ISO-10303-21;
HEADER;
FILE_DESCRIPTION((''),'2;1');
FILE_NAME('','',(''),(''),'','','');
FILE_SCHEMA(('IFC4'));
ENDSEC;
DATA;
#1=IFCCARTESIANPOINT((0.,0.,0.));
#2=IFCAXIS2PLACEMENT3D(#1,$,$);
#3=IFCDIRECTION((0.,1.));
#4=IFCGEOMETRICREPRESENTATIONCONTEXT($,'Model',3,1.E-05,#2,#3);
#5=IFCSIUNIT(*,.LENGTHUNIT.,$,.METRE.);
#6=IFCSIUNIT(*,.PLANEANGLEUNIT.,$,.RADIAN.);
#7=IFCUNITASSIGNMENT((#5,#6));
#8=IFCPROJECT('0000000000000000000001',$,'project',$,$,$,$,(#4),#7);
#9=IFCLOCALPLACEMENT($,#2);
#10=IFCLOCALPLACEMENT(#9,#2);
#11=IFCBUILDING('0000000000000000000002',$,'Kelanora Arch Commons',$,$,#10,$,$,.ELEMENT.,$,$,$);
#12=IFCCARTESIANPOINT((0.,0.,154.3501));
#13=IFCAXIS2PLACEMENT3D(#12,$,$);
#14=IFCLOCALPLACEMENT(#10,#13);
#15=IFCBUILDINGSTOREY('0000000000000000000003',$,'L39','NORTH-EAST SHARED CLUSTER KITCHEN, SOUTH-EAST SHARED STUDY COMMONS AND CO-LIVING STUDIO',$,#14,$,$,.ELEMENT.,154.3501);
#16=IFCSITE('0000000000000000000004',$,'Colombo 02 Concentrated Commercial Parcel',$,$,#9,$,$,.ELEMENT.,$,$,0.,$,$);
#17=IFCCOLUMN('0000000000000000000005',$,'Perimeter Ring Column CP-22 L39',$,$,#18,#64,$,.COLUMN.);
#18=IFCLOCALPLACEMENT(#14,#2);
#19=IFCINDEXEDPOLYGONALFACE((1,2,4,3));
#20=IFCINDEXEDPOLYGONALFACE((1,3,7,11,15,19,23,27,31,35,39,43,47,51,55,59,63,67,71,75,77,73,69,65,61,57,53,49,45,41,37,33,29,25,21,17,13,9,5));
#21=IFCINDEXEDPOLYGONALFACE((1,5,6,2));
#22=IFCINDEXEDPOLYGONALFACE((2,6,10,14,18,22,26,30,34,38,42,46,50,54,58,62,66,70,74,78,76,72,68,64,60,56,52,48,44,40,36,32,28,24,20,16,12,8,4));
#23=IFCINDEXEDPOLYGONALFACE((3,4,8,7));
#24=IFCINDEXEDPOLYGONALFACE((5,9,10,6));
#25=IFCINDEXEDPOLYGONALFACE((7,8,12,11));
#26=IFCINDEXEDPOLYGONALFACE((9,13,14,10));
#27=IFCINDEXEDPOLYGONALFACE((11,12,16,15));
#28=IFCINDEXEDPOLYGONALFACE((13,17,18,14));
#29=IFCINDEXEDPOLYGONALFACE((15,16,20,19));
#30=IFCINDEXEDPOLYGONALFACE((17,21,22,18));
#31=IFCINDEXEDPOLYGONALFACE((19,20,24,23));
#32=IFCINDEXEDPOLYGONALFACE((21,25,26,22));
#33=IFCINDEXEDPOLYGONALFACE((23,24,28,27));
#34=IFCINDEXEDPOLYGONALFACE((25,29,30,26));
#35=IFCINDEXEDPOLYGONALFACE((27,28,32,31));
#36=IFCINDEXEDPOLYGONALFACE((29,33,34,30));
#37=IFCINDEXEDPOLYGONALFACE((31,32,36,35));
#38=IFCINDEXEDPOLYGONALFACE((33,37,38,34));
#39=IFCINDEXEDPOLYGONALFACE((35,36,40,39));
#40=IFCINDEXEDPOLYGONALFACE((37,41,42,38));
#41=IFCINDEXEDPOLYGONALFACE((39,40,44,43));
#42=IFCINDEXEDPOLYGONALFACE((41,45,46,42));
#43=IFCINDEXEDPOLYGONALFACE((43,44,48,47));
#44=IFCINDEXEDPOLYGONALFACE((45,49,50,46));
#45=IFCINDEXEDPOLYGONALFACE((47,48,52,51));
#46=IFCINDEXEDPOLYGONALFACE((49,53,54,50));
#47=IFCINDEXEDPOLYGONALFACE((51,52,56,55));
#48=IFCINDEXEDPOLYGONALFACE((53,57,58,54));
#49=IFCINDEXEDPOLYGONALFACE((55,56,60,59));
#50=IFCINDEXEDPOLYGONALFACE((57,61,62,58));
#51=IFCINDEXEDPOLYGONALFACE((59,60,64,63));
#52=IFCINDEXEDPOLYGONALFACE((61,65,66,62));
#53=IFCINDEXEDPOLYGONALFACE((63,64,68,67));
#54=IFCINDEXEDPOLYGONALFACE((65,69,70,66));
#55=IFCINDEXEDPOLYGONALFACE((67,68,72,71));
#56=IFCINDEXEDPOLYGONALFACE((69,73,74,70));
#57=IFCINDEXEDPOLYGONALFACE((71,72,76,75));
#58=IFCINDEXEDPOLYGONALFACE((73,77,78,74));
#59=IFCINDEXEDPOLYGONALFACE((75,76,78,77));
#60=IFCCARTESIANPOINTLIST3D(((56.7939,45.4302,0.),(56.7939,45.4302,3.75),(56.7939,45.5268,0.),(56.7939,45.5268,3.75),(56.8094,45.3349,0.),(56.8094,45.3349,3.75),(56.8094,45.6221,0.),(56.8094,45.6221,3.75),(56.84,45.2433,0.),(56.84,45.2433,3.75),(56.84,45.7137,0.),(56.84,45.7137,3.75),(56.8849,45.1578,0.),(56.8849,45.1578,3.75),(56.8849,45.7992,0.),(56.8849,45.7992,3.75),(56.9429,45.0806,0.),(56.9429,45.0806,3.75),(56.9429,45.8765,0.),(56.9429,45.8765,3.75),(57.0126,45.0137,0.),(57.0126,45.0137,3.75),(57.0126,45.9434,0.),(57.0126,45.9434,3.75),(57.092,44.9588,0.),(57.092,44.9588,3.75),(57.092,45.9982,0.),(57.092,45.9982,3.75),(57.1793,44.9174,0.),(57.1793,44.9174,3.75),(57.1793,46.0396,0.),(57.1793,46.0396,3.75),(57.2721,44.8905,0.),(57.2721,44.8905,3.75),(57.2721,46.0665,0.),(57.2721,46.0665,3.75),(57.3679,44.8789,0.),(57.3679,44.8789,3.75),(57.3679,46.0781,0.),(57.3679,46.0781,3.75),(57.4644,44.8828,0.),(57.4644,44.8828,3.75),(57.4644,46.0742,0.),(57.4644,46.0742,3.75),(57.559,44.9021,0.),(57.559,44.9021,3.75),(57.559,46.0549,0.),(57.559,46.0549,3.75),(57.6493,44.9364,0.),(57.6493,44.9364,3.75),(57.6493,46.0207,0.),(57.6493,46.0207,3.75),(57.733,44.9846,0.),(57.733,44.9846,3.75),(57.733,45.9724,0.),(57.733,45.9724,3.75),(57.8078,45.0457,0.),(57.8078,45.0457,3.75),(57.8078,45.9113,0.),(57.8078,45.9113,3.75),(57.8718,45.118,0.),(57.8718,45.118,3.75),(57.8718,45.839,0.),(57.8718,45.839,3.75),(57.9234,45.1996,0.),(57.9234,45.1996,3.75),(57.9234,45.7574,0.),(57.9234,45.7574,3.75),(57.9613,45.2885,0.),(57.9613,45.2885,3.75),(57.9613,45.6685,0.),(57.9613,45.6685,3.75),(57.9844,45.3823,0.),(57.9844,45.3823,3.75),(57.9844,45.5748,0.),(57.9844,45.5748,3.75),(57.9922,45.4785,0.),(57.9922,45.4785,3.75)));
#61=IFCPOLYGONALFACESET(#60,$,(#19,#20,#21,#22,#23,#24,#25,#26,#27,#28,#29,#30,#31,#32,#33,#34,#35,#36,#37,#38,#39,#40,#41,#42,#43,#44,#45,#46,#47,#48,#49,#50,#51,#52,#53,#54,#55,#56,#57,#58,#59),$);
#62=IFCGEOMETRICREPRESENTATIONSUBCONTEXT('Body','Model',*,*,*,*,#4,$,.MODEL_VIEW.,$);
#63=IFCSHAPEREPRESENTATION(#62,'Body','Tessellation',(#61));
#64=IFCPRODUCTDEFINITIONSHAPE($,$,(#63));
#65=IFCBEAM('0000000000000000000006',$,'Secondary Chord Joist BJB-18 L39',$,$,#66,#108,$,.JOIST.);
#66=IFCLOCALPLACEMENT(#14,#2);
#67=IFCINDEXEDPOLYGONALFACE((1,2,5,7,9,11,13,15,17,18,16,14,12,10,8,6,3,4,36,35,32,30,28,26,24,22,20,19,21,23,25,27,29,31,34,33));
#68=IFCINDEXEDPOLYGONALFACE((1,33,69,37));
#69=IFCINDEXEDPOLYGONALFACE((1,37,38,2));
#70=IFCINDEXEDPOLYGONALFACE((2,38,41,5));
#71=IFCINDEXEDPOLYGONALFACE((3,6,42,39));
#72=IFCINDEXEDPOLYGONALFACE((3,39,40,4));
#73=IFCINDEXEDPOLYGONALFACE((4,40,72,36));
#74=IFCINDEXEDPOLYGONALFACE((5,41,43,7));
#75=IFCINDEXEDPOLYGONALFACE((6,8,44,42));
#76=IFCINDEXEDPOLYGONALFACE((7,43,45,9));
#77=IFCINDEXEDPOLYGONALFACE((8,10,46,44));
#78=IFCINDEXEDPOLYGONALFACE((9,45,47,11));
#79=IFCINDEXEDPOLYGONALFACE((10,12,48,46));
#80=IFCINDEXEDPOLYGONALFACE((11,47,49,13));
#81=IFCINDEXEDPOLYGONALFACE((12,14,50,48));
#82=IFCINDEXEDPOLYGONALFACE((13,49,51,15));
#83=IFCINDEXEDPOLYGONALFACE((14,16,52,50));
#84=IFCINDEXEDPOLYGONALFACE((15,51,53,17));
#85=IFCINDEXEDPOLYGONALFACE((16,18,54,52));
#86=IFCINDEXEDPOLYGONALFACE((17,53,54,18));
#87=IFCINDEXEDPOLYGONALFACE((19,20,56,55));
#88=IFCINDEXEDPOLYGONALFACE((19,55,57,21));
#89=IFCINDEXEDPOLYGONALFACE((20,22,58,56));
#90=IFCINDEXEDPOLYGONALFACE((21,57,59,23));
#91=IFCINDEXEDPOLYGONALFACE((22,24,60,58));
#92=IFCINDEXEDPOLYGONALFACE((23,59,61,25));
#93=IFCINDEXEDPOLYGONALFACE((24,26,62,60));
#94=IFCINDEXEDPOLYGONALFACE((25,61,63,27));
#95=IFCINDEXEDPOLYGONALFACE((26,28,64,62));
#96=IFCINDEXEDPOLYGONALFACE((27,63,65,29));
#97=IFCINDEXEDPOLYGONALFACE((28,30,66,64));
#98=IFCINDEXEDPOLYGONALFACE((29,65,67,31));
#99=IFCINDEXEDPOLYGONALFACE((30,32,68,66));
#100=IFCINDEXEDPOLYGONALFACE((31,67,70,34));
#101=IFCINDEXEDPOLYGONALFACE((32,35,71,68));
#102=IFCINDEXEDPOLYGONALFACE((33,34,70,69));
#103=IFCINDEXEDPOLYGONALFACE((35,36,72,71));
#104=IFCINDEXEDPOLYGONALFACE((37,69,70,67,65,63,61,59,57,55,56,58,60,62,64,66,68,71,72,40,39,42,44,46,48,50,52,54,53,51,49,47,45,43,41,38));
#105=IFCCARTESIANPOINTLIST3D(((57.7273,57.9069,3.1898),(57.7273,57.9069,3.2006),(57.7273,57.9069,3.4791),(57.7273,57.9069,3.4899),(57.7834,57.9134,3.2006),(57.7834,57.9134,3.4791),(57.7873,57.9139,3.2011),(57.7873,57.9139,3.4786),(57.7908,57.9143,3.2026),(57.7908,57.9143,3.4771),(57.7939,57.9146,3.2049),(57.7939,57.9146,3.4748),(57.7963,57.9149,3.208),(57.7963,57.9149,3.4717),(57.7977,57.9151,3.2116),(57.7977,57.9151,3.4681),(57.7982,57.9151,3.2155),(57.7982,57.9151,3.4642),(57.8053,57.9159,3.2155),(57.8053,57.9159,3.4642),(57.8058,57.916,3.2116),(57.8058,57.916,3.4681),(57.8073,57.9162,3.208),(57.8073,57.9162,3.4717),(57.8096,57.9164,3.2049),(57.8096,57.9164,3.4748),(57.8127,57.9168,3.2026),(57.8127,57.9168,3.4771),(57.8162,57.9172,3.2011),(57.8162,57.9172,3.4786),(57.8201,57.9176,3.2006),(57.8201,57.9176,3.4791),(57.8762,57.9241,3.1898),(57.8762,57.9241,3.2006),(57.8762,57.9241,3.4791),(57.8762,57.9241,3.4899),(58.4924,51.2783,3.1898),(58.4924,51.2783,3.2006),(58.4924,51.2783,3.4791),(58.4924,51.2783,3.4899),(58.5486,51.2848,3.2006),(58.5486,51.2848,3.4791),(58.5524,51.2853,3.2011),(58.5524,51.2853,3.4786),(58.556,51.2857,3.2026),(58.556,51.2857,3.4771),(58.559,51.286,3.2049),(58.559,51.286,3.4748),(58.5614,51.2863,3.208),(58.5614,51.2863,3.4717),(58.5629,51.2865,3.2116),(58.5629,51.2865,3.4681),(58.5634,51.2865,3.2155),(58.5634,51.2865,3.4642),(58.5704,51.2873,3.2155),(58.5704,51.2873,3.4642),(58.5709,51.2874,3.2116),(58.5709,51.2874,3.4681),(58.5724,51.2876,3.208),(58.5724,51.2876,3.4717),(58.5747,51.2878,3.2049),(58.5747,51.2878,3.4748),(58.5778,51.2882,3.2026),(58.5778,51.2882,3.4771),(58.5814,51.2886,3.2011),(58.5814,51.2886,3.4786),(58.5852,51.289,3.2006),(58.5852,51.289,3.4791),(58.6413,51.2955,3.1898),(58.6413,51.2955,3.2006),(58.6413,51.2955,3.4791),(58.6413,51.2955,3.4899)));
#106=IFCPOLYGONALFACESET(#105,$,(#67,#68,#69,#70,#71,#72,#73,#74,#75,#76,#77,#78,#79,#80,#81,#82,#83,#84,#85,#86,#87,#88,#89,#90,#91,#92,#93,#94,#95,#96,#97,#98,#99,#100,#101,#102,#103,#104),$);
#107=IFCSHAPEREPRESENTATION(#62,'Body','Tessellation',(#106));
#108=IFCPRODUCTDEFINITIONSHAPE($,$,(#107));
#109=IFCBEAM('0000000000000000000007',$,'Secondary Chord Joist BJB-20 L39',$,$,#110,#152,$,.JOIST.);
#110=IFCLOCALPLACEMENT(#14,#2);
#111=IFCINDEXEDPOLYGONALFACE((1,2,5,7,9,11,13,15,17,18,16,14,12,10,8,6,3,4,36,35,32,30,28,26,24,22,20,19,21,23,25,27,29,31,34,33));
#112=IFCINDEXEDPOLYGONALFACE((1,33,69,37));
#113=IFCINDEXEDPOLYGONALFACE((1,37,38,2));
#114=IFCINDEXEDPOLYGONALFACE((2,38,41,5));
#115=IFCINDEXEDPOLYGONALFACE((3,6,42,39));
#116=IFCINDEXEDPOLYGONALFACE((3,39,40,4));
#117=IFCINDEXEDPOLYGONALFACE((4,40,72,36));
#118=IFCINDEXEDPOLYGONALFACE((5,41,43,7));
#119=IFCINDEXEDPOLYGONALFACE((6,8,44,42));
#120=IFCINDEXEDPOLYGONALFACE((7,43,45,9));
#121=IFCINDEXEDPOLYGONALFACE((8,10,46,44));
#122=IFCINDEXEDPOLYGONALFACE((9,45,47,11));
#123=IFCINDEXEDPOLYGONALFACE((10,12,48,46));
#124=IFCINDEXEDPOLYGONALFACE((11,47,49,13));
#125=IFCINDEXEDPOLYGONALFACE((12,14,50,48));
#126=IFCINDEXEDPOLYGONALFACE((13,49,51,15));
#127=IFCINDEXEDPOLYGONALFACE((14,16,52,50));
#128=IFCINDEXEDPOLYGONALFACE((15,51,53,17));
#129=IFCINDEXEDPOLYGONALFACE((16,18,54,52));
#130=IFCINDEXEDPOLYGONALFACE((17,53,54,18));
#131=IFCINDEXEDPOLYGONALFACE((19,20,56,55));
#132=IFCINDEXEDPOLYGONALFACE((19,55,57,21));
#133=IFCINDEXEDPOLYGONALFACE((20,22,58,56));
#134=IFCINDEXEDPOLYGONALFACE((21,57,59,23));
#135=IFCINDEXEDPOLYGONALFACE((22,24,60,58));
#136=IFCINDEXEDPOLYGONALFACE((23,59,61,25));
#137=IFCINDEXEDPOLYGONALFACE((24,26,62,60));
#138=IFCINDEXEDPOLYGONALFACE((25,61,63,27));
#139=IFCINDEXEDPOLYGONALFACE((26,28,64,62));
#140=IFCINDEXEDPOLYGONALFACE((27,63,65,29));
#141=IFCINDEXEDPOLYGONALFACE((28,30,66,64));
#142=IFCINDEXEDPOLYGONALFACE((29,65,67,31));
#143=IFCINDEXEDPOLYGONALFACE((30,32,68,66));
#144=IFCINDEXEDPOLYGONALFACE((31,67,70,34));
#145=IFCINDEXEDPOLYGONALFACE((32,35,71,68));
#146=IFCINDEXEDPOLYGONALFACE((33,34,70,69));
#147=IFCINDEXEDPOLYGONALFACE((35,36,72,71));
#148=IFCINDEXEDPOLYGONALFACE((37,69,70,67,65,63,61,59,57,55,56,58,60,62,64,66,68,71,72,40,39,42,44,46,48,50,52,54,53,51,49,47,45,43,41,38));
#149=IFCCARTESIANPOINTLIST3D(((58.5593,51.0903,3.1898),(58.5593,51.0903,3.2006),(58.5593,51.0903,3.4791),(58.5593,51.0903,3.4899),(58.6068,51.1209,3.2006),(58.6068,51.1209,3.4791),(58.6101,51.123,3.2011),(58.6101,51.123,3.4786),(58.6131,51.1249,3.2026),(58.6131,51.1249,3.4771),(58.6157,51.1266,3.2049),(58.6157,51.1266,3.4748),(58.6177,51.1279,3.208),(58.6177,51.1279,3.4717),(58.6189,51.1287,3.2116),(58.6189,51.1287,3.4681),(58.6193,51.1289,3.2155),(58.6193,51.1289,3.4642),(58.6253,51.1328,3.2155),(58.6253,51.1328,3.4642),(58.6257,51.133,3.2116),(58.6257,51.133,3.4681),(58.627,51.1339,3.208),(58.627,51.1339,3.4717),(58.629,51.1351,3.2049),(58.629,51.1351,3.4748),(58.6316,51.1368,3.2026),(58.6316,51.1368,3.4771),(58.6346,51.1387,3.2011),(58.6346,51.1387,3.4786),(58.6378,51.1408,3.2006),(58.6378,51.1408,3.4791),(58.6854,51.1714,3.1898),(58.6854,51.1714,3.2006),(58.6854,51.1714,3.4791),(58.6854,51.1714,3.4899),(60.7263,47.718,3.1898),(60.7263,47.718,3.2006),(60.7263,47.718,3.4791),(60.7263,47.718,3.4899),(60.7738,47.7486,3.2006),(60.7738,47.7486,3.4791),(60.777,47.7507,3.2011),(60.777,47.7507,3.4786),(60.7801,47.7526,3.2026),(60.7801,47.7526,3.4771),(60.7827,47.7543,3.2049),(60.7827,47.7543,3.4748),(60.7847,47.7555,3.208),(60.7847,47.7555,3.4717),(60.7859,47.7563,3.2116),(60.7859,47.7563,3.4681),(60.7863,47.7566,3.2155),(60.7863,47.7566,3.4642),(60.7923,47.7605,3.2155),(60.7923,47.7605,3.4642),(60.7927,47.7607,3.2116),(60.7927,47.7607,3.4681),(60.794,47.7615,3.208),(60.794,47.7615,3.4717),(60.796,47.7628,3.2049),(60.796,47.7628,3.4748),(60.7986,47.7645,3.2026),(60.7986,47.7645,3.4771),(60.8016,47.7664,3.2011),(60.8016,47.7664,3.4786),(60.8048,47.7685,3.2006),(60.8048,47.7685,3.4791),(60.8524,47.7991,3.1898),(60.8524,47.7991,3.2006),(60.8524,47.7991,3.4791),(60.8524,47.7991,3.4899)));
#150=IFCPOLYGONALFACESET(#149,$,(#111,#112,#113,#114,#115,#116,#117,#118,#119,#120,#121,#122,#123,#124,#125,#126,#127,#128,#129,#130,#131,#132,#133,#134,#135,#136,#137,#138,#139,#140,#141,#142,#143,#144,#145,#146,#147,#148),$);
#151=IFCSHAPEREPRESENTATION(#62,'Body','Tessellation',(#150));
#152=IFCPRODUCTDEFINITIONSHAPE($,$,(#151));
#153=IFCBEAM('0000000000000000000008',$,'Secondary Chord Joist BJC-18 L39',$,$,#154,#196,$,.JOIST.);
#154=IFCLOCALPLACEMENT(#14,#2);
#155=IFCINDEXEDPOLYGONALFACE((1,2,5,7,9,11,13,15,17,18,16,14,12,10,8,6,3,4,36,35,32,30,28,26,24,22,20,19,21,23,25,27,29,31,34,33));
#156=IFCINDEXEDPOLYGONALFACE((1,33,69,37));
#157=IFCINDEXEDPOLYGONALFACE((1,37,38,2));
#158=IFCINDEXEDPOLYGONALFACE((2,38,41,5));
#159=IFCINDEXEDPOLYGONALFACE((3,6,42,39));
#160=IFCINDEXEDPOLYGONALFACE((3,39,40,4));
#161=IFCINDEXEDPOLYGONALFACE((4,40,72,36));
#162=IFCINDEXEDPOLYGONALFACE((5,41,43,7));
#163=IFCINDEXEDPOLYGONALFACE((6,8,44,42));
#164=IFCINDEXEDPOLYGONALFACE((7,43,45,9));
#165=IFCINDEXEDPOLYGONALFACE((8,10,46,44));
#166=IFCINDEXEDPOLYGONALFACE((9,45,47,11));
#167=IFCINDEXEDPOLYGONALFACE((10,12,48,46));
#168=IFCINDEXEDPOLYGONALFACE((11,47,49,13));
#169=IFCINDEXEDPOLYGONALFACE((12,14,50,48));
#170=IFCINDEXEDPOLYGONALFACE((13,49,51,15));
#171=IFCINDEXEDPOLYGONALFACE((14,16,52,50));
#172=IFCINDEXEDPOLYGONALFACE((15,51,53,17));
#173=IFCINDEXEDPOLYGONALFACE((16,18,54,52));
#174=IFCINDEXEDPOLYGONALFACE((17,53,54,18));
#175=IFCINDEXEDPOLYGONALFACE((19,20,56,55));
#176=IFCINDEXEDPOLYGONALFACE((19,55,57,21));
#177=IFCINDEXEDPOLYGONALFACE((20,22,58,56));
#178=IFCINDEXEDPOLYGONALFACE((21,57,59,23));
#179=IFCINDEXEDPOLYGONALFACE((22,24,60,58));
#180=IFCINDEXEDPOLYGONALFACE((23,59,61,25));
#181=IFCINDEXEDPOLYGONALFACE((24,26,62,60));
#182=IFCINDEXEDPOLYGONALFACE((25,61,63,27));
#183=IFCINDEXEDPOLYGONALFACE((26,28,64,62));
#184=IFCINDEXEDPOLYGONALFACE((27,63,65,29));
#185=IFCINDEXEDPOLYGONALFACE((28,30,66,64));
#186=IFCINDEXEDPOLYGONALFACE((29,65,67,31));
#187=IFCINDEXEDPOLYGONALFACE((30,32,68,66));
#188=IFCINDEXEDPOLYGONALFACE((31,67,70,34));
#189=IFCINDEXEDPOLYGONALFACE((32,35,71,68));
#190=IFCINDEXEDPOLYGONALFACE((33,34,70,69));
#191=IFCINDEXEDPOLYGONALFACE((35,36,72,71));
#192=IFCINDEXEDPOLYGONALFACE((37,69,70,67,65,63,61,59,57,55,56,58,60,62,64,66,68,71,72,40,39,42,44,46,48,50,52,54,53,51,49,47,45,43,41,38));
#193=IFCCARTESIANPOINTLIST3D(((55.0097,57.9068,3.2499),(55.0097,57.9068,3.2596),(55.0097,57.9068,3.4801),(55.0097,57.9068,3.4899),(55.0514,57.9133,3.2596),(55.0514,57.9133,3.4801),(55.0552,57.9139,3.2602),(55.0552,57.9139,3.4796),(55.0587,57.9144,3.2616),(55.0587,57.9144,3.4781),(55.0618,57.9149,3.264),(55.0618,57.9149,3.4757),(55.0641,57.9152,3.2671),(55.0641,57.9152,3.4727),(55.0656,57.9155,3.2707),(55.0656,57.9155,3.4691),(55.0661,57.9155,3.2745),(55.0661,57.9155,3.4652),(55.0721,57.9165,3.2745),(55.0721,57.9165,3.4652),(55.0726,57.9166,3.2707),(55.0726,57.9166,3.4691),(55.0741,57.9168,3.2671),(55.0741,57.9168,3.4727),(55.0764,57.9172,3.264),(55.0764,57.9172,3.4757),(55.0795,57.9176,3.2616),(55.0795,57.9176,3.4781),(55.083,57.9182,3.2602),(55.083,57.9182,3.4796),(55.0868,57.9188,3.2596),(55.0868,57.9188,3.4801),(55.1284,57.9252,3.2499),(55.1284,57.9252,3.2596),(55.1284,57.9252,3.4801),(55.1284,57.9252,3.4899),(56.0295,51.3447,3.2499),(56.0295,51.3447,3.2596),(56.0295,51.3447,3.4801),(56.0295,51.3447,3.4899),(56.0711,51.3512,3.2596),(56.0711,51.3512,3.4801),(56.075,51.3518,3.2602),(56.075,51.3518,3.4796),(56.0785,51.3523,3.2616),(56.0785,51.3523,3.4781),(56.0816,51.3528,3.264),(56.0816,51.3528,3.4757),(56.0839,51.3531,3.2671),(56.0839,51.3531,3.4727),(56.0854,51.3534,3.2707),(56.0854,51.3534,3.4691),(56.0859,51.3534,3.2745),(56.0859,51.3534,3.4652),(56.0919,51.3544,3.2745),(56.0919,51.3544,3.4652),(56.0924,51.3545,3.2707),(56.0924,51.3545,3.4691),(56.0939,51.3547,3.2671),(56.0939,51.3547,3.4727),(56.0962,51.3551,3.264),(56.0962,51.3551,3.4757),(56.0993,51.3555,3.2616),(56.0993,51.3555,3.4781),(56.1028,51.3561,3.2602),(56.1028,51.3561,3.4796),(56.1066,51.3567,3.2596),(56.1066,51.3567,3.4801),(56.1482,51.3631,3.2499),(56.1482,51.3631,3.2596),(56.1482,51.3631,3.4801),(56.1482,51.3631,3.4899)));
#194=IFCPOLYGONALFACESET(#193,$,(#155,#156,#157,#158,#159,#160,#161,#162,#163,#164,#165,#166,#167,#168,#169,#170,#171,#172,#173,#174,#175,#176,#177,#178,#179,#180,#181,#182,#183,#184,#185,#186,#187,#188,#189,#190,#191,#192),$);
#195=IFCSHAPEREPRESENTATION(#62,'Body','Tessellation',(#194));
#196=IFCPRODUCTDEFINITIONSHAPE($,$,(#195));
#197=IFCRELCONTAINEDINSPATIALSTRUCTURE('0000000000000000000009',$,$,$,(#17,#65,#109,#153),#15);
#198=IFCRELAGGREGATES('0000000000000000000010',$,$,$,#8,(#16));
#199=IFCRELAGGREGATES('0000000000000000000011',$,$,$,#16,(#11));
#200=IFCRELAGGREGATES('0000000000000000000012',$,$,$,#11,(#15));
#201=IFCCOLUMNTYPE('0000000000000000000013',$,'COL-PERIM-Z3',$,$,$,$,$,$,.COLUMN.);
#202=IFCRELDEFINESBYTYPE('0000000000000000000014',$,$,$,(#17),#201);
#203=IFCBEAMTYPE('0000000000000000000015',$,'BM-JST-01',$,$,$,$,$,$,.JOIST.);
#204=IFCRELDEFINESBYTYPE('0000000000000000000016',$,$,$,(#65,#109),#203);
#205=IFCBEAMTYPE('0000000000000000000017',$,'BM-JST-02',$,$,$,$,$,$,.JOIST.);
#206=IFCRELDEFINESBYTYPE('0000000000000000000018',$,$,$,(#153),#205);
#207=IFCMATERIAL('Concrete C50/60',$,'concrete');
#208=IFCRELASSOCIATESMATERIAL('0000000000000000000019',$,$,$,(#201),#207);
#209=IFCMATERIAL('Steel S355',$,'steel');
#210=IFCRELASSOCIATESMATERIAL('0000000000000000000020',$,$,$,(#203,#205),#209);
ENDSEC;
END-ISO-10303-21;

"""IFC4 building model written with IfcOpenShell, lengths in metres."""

from ifc_helpers import new_model, si_unit, direction, frame, origin, origin_2d, place, context, subcontext, project, spatial, circle, i_section, extrude, material, material_profile, profile_set, type_object, element, save


model = new_model("IFC4")

# Units and contexts
model_context = context("Model", 3, precision=1e-05, world=origin(), true_north=direction((0.0, 1.0)))
body_context = subcontext(model_context, "Body", "Model", "MODEL_VIEW")
ifc_project = project(units=[si_unit("LENGTHUNIT", "METRE"), si_unit("PLANEANGLEUNIT", "RADIAN")], contexts=[model_context])

# Site, building, storey
site_placement = place(None, origin())
site = spatial("IfcSite", under=ifc_project, at=site_placement, Name="Colombo 02 Concentrated Commercial Parcel", CompositionType="ELEMENT", RefElevation=0.0)
building_placement = place(site_placement, origin())
building = spatial("IfcBuilding", under=site, at=building_placement, Name="Kelanora Arch Commons", CompositionType="ELEMENT")
storey_placement = place(building_placement, frame((0.0, 0.0, 154.3501)))
storey = spatial("IfcBuildingStorey", under=building, at=storey_placement, Name="L39", Description="NORTH-EAST SHARED CLUSTER KITCHEN, SOUTH-EAST SHARED STUDY COMMONS AND CO-LIVING STUDIO", CompositionType="ELEMENT", Elevation=154.3501)

# Column
ifc_material_1 = material(Name="Concrete C50/60", Category="concrete")
ifc_material_profile_1 = material_profile(ifc_material_1, circle(Radius=0.6001, at=origin_2d()), Name="RCC1200")
ifc_profile_set_1 = profile_set([ifc_material_profile_1], Name="Concrete C50/60")
column_type = type_object("IfcColumnType", Name="COL-PERIM-Z3", PredefinedType="COLUMN", material=ifc_profile_set_1)
column_placement = place(storey_placement, frame((57.3921, 45.4785, 0.0), z_axis=(0.0, 0.0, 1.0), x_axis=(1.0, 0.0, 0.0)))
element("IfcColumn", 1, at=column_placement, inside=storey, type_object=column_type, Name="Perimeter Ring Column CP-22 L39", PredefinedType="COLUMN", context=body_context, shape_type="SweptSolid", body=[
    extrude(circle(Radius=0.6001, at=origin_2d()), origin(), (0.0, 0.0, 1.0), 3.75),
])

# Beams
ifc_material_2 = material(Name="Steel S355", Category="steel")
ifc_material_profile_2 = material_profile(ifc_material_2, i_section(OverallWidth=0.1499, OverallDepth=0.3, WebThickness=0.0071, FlangeThickness=0.0107, FilletRadius=0.0149, at=origin_2d()), Name="IPE300")
ifc_profile_set_2 = profile_set([ifc_material_profile_2], Name="Steel S355")
beam_type_1 = type_object("IfcBeamType", Name="BM-JST-01", PredefinedType="JOIST", material=ifc_profile_set_2)
beam_1_placement = place(storey_placement, frame((57.8018, 57.9155, 3.3398), z_axis=(0.114667, -0.993404, 0.0), x_axis=(0.993404, 0.114667, 0.0)))
element("IfcBeam", 2, at=beam_1_placement, inside=storey, type_object=beam_type_1, Name="Secondary Chord Joist BJB-18 L39", PredefinedType="JOIST", context=body_context, shape_type="SweptSolid", body=[
    extrude(i_section(OverallWidth=0.1499, OverallDepth=0.3, WebThickness=0.0071, FlangeThickness=0.0107, FilletRadius=0.0149, at=origin_2d()), origin(), (0.0, 0.0, 1.0), 6.6726),
])
beam_2_placement = place(storey_placement, frame((58.6223, 51.1309, 3.3398), z_axis=(0.540594, -0.841283, 0.0), x_axis=(0.841283, 0.540594, 0.0)))
element("IfcBeam", 3, at=beam_2_placement, inside=storey, type_object=beam_type_1, Name="Secondary Chord Joist BJB-20 L39", PredefinedType="JOIST", context=body_context, shape_type="SweptSolid", body=[
    extrude(i_section(OverallWidth=0.1499, OverallDepth=0.3, WebThickness=0.0071, FlangeThickness=0.0107, FilletRadius=0.0149, at=origin_2d()), origin(), (0.0, 0.0, 1.0), 4.0085),
])
ifc_material_profile_3 = material_profile(ifc_material_2, i_section(OverallWidth=0.1201, OverallDepth=0.24, WebThickness=0.0061, FlangeThickness=0.0098, FilletRadius=0.0149, at=origin_2d()), Name="IPE240")
ifc_profile_set_3 = profile_set([ifc_material_profile_3], Name="Steel S355")
beam_type_2 = type_object("IfcBeamType", Name="BM-JST-02", PredefinedType="JOIST", material=ifc_profile_set_3)
beam_3_placement = place(storey_placement, frame((55.0691, 57.916, 3.3699), z_axis=(0.153563, -0.988139, 0.0), x_axis=(0.988139, 0.153563, 0.0)))
element("IfcBeam", 4, at=beam_3_placement, inside=storey, type_object=beam_type_2, Name="Secondary Chord Joist BJC-18 L39", PredefinedType="JOIST", context=body_context, shape_type="SweptSolid", body=[
    extrude(i_section(OverallWidth=0.1201, OverallDepth=0.24, WebThickness=0.0061, FlangeThickness=0.0098, FilletRadius=0.0149, at=origin_2d()), origin(), (0.0, 0.0, 1.0), 6.6409),
])

save(model, "model.ifc")
